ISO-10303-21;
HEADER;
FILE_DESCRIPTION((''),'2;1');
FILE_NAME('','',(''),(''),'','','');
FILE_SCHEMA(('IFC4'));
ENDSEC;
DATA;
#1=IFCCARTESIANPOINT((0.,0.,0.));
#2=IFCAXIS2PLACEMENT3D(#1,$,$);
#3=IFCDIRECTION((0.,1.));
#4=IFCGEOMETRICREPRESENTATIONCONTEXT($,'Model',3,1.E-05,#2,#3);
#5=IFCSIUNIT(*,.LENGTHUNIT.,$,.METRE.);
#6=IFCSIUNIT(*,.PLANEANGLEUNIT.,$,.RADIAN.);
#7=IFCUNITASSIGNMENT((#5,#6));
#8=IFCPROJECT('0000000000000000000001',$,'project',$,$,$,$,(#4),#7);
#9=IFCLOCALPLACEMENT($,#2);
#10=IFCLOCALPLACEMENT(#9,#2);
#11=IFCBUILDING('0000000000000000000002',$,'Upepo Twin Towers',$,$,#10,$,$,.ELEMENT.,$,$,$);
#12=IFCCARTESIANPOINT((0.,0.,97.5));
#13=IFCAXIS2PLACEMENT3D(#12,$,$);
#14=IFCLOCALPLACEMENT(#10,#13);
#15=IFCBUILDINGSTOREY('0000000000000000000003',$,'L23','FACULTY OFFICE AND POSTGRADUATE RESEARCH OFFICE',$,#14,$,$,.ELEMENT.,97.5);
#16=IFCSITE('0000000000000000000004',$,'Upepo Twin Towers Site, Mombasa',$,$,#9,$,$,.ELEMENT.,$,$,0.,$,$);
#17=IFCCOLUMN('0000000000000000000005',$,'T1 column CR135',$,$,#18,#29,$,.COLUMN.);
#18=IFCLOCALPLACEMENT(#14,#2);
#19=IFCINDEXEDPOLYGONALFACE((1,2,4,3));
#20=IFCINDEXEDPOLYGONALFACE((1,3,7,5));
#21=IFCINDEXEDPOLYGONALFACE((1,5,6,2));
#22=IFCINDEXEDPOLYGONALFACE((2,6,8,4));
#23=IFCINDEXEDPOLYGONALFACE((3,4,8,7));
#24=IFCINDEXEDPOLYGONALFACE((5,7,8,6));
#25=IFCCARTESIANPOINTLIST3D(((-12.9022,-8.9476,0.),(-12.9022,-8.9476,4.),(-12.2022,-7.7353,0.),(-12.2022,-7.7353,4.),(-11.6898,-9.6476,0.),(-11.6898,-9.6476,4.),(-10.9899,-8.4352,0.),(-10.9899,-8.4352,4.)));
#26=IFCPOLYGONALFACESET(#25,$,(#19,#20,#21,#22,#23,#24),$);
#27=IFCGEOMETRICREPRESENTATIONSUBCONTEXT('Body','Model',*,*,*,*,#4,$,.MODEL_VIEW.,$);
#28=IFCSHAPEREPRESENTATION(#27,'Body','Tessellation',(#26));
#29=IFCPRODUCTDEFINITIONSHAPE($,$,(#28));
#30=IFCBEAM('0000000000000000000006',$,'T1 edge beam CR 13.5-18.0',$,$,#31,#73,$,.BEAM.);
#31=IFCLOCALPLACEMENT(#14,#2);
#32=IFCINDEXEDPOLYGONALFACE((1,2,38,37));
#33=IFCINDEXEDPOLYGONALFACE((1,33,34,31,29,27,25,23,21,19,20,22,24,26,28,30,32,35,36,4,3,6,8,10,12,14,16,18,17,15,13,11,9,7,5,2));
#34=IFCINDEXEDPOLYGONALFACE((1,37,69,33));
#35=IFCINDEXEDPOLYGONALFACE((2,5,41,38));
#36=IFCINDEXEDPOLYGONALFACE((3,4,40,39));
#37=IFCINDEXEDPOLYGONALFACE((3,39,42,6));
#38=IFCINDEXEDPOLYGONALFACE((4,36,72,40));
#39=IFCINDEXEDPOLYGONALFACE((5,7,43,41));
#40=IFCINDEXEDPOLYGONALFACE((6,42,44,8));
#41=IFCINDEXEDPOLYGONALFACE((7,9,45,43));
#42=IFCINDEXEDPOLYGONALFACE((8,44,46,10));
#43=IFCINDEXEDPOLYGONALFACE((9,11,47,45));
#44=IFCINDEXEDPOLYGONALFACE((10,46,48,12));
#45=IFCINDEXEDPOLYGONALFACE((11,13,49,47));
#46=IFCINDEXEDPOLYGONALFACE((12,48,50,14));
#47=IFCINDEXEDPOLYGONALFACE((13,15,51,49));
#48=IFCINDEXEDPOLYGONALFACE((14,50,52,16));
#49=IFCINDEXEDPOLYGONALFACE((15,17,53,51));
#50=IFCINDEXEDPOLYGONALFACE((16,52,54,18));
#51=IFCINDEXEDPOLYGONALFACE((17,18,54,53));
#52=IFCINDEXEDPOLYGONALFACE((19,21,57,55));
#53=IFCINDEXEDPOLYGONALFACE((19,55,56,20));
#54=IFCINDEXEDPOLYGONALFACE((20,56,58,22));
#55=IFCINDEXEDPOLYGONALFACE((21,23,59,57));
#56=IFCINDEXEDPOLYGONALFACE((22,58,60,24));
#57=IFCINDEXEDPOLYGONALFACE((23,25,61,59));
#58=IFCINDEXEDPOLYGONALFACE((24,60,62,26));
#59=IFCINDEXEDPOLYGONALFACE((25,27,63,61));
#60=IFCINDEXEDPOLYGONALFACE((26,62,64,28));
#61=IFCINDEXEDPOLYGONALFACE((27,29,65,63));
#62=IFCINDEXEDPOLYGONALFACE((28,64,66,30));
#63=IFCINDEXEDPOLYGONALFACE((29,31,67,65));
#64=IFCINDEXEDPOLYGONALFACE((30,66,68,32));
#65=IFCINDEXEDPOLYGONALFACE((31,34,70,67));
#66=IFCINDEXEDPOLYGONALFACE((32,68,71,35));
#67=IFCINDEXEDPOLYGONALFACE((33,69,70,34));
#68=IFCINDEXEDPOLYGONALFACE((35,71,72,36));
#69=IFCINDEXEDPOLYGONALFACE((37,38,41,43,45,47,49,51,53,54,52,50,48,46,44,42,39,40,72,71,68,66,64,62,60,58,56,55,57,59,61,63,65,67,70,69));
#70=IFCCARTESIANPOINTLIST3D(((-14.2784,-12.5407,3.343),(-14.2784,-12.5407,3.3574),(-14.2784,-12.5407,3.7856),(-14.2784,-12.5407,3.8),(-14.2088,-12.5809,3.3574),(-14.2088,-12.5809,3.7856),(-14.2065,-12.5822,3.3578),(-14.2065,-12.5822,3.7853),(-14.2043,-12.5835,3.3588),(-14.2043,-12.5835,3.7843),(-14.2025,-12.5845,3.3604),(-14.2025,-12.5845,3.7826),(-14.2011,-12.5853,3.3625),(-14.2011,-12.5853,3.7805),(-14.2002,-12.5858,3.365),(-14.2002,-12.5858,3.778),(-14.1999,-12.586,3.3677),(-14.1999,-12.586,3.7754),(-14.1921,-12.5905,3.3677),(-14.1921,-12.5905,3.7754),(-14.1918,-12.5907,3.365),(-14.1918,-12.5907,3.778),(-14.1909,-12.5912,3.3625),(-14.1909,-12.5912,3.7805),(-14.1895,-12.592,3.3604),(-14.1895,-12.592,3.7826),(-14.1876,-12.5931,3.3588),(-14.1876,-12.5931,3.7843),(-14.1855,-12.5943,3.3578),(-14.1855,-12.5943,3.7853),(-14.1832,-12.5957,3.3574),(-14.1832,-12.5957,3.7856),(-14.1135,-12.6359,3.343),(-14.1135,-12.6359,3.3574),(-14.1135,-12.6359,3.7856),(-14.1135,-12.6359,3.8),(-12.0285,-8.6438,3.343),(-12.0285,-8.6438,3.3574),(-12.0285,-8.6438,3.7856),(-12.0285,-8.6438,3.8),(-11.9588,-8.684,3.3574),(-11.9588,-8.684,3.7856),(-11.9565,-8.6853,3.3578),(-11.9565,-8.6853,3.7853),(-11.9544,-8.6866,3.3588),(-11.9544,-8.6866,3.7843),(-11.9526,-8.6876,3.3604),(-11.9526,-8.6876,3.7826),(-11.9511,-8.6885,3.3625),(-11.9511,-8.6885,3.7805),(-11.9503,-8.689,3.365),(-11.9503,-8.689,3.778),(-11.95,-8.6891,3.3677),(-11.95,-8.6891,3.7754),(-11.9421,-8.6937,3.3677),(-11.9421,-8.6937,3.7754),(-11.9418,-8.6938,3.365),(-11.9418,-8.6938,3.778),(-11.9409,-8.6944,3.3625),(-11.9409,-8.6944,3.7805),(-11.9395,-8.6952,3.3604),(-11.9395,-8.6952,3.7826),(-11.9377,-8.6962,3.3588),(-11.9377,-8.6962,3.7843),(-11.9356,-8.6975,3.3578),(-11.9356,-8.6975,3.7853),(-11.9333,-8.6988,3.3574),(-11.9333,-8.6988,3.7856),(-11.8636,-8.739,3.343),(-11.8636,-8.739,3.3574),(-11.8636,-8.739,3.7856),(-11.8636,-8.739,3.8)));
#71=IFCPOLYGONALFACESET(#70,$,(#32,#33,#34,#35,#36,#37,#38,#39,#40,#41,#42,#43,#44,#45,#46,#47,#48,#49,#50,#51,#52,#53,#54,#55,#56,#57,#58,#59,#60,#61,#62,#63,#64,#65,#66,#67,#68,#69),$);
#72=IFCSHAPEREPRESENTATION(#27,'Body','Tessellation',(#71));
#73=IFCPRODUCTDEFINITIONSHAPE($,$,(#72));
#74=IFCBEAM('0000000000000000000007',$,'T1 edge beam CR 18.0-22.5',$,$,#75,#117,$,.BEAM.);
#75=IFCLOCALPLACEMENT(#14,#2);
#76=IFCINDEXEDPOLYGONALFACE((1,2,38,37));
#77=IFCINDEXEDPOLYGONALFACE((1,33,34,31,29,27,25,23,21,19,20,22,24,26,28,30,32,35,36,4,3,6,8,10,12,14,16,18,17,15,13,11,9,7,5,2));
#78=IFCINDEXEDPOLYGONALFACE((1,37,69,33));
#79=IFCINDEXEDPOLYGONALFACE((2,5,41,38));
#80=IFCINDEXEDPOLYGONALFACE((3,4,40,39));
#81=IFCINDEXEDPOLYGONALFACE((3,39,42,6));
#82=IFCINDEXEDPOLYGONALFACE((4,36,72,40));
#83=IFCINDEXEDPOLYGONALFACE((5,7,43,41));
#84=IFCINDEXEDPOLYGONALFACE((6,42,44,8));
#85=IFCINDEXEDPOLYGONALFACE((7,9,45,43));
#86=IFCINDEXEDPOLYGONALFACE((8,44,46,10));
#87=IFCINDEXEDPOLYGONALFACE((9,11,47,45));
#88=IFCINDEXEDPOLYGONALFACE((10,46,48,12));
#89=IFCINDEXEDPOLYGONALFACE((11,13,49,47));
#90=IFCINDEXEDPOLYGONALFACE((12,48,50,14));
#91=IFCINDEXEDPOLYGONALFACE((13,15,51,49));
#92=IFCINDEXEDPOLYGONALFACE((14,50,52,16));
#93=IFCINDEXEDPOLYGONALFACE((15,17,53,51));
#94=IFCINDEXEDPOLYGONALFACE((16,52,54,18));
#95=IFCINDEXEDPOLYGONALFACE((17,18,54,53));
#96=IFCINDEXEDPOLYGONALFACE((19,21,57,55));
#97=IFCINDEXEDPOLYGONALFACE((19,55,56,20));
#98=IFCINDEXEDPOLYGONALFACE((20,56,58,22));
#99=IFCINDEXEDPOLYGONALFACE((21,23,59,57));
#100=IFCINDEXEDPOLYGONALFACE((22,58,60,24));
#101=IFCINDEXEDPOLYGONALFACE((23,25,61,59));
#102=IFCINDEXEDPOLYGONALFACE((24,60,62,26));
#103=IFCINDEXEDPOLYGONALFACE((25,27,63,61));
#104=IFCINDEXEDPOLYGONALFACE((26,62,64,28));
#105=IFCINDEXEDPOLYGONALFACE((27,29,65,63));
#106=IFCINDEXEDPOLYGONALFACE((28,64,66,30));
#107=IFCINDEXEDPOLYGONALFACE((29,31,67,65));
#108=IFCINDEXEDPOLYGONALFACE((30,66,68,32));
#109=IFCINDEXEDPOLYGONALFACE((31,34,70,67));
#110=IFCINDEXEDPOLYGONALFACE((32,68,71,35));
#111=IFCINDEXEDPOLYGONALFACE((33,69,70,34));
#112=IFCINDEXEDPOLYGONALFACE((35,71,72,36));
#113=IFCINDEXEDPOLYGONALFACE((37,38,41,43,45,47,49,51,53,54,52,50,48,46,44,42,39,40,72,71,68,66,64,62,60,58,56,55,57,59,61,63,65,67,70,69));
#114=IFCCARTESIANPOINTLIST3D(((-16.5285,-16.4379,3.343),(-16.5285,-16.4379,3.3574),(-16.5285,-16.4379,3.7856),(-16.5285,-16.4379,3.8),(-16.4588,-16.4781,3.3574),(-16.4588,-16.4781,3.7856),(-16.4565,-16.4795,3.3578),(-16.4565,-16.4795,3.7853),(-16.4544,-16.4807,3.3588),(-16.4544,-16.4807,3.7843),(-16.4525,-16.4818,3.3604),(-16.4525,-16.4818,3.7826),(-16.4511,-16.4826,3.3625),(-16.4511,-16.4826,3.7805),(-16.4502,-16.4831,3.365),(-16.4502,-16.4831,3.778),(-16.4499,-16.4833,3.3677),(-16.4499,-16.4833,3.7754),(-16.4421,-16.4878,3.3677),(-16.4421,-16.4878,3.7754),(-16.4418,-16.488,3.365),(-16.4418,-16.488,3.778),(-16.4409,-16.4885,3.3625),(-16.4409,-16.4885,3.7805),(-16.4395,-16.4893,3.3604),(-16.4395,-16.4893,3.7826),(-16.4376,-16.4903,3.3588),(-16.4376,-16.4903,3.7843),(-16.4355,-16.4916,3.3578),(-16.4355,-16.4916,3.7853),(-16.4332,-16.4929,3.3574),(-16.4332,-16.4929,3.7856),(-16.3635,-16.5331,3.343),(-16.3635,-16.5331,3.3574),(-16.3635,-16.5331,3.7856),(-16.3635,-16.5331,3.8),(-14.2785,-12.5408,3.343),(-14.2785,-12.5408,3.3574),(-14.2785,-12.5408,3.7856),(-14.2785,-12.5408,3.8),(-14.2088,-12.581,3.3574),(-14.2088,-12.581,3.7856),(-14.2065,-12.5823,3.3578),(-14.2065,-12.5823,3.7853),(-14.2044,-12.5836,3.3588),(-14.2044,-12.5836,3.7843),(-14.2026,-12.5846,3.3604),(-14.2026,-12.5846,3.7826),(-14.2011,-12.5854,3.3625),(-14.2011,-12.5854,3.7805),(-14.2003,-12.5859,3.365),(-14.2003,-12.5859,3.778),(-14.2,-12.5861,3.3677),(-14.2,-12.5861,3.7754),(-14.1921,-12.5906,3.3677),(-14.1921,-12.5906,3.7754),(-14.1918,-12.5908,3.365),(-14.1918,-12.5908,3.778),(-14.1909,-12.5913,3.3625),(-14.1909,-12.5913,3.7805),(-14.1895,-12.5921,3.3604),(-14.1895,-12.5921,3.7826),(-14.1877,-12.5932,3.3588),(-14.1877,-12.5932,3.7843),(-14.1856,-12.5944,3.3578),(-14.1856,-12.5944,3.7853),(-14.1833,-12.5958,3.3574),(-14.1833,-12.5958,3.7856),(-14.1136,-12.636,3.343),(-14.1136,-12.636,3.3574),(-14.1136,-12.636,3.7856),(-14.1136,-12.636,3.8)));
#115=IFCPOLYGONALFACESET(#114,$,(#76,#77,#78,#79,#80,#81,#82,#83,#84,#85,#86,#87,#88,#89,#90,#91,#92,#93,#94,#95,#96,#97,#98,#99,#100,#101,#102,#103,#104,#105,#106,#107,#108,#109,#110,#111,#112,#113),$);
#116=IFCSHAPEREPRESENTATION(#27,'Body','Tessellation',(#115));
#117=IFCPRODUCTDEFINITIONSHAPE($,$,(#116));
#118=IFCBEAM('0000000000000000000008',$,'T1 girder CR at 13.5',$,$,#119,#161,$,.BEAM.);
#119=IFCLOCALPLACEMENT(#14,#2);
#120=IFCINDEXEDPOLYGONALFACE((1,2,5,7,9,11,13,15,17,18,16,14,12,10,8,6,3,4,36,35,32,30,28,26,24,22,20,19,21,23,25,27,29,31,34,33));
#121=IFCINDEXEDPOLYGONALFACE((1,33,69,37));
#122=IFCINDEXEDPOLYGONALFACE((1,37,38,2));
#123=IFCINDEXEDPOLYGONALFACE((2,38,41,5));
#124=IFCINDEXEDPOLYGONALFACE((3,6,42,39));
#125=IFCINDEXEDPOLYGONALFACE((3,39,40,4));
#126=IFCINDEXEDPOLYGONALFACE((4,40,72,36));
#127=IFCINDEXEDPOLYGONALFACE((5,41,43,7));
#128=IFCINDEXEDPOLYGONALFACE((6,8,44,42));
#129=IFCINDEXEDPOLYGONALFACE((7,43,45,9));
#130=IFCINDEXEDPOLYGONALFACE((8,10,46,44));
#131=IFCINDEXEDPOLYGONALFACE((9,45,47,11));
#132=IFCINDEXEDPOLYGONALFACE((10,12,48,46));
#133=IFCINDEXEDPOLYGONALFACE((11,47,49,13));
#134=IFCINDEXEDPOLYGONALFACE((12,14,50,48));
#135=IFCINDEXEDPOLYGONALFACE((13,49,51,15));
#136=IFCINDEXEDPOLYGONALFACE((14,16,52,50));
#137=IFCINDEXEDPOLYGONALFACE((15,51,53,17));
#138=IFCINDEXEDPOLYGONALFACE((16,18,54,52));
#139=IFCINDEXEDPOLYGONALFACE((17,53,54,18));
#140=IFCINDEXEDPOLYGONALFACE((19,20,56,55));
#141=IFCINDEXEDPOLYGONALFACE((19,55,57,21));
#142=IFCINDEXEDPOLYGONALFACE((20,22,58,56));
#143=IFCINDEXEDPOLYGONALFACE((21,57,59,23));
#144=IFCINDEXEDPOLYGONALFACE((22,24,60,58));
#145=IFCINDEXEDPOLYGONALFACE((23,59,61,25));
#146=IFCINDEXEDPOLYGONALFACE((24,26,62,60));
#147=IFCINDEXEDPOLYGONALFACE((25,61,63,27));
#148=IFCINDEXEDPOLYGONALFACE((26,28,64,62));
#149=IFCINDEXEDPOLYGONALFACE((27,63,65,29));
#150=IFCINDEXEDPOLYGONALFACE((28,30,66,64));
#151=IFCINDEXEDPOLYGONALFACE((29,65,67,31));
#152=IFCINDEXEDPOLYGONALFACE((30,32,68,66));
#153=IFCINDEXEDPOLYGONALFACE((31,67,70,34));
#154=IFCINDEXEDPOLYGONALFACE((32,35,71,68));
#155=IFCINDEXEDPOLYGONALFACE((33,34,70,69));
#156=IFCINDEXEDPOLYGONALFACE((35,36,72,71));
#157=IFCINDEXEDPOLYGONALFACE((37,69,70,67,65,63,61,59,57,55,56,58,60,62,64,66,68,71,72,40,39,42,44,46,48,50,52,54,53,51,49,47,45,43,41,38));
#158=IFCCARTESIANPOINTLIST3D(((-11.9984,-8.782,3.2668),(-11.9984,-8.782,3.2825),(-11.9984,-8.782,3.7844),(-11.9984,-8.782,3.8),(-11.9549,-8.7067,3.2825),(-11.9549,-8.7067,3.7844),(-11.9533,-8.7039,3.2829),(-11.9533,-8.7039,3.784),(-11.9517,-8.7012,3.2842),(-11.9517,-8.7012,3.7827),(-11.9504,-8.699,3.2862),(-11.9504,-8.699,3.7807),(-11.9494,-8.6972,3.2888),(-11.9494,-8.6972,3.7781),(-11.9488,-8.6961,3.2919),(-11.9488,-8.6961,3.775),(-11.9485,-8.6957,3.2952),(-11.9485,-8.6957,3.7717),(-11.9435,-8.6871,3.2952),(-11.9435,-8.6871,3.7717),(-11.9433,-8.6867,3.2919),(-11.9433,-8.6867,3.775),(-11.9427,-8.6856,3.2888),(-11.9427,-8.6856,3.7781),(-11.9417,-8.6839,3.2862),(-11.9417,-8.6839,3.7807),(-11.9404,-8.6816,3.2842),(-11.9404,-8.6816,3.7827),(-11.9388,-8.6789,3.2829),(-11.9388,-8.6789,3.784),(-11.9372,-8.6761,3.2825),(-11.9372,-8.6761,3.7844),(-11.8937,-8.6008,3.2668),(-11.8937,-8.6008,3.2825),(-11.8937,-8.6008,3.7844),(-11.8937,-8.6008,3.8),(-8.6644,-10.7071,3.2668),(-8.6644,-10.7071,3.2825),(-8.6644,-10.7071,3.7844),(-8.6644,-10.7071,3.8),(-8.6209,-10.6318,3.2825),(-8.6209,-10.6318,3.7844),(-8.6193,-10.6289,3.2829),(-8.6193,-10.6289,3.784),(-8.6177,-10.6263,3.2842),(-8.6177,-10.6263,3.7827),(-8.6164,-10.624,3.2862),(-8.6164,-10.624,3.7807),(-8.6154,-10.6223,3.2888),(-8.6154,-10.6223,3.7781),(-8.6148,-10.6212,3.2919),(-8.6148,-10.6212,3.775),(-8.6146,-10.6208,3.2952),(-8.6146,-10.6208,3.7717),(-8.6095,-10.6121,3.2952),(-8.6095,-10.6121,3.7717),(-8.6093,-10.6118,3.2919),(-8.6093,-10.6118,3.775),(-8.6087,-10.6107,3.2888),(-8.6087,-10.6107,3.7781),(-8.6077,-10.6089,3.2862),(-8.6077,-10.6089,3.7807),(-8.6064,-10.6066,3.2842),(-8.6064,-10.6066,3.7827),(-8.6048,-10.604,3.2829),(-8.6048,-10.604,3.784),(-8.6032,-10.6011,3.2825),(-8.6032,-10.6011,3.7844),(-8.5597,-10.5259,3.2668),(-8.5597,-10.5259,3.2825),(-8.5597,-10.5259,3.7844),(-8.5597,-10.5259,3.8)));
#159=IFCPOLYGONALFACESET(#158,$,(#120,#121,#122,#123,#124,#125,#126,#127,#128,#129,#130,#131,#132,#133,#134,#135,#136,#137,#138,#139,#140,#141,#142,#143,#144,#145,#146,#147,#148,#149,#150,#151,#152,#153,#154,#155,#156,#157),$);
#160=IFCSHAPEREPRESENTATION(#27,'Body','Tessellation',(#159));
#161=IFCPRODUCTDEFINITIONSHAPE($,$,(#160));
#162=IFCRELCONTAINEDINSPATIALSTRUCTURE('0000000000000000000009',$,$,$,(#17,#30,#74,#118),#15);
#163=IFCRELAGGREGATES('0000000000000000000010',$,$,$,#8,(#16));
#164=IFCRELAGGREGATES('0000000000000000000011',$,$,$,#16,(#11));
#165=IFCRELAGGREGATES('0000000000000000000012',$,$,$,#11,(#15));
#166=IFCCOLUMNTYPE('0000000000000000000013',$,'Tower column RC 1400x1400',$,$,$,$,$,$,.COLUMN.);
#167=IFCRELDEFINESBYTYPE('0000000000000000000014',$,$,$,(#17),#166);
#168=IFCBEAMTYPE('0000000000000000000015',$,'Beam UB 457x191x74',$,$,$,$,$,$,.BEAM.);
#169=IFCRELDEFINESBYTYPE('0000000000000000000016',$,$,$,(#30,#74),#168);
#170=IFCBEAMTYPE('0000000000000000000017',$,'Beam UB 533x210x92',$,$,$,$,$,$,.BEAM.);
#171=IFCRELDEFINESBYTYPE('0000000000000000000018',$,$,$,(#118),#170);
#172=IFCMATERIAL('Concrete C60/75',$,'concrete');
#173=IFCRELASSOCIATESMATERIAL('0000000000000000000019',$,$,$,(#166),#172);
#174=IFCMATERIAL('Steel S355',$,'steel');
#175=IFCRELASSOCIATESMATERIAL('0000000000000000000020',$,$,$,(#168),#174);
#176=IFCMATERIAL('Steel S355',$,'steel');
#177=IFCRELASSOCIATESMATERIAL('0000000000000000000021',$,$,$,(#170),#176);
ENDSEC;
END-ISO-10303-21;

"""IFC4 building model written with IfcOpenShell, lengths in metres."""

from ifc_helpers import new_model, si_unit, direction, frame, origin, origin_2d, place, context, subcontext, project, spatial, rectangle, i_section, extrude, material, material_profile, profile_set, type_object, element, save


model = new_model("IFC4")

# Units and contexts
model_context = context("Model", 3, precision=1e-05, world=origin(), true_north=direction((0.0, 1.0)))
body_context = subcontext(model_context, "Body", "Model", "MODEL_VIEW")
ifc_project = project(units=[si_unit("LENGTHUNIT", "METRE"), si_unit("PLANEANGLEUNIT", "RADIAN")], contexts=[model_context])

# Site, building, storey
site_placement = place(None, origin())
site = spatial("IfcSite", under=ifc_project, at=site_placement, Name="Upepo Twin Towers Site, Mombasa", CompositionType="ELEMENT", RefElevation=0.0)
building_placement = place(site_placement, origin())
building = spatial("IfcBuilding", under=site, at=building_placement, Name="Upepo Twin Towers", CompositionType="ELEMENT")
storey_placement = place(building_placement, frame((0.0, 0.0, 97.5)))
storey = spatial("IfcBuildingStorey", under=building, at=storey_placement, Name="L23", Description="FACULTY OFFICE AND POSTGRADUATE RESEARCH OFFICE", CompositionType="ELEMENT", Elevation=97.5)

# Column
ifc_material_1 = material(Name="Concrete C60/75", Category="concrete")
ifc_material_profile_1 = material_profile(ifc_material_1, rectangle(XDim=1.3999, YDim=1.3999, at=origin_2d()), Name="RC 1400x1400")
ifc_profile_set_1 = profile_set([ifc_material_profile_1], Name="Concrete C60/75")
column_type = type_object("IfcColumnType", Name="Tower column RC 1400x1400", PredefinedType="COLUMN", material=ifc_profile_set_1)
column_placement = place(storey_placement, frame((-11.946, -8.6914, 0.0), z_axis=(0.0, 0.0, 1.0), x_axis=(0.5, 0.866025, 0.0)))
element("IfcColumn", 1, at=column_placement, inside=storey, type_object=column_type, Name="T1 column CR135", PredefinedType="COLUMN", context=body_context, shape_type="SweptSolid", body=[
    extrude(rectangle(XDim=1.3999, YDim=1.3999, at=origin_2d()), origin(), (0.0, 0.0, 1.0), 4.0),
])

# Beams
ifc_material_2 = material(Name="Steel S355", Category="steel")
ifc_material_profile_2 = material_profile(ifc_material_2, i_section(OverallWidth=0.1904, OverallDepth=0.457, WebThickness=0.009, FlangeThickness=0.0144, FilletRadius=0.0103, at=origin_2d()), Name="UB 457x191x74")
ifc_profile_set_2 = profile_set([ifc_material_profile_2], Name="Steel S355")
beam_type_1 = type_object("IfcBeamType", Name="Beam UB 457x191x74", PredefinedType="BEAM", material=ifc_profile_set_2)
beam_1_placement = place(storey_placement, frame((-11.946, -8.6914, 3.5715), z_axis=(-0.500014, -0.866018, 0.0), x_axis=(0.866018, -0.500014, 0.0)))
element("IfcBeam", 2, at=beam_1_placement, inside=storey, type_object=beam_type_1, Name="T1 edge beam CR 13.5-18.0", PredefinedType="BEAM", context=body_context, shape_type="SweptSolid", body=[
    extrude(i_section(OverallWidth=0.1904, OverallDepth=0.457, WebThickness=0.009, FlangeThickness=0.0144, FilletRadius=0.0103, at=origin_2d()), origin(), (0.0, 0.0, 1.0), 4.4998),
])
beam_2_placement = place(storey_placement, frame((-14.196, -12.5884, 3.5715), z_axis=(-0.49999, -0.866031, 0.0), x_axis=(0.866031, -0.49999, 0.0)))
element("IfcBeam", 3, at=beam_2_placement, inside=storey, type_object=beam_type_1, Name="T1 edge beam CR 18.0-22.5", PredefinedType="BEAM", context=body_context, shape_type="SweptSolid", body=[
    extrude(i_section(OverallWidth=0.1904, OverallDepth=0.457, WebThickness=0.009, FlangeThickness=0.0144, FilletRadius=0.0103, at=origin_2d()), origin(), (0.0, 0.0, 1.0), 4.5),
])
ifc_material_3 = material(Name="Steel S355", Category="steel")
ifc_material_profile_3 = material_profile(ifc_material_3, i_section(OverallWidth=0.2092, OverallDepth=0.5332, WebThickness=0.01, FlangeThickness=0.0156, FilletRadius=0.0127, at=origin_2d()), Name="UB 533x210x92")
ifc_profile_set_3 = profile_set([ifc_material_profile_3], Name="Steel S355")
beam_type_2 = type_object("IfcBeamType", Name="Beam UB 533x210x92", PredefinedType="BEAM", material=ifc_profile_set_3)
for number, where, z_axis, x_axis, name in (
    (4, (-11.946, -8.6914, 3.5334), (0.866006, -0.500034, 0.0), (0.500034, 0.866006, 0.0), "T1 girder CR at 13.5"),
):
    element("IfcBeam", number, at=place(storey_placement, frame(where, z_axis=z_axis, x_axis=x_axis)), inside=storey, type_object=beam_type_2, Name=name, PredefinedType="BEAM", context=body_context, shape_type="SweptSolid", body=[
        extrude(i_section(OverallWidth=0.2092, OverallDepth=0.5332, WebThickness=0.01, FlangeThickness=0.0156, FilletRadius=0.0127, at=origin_2d()), origin(), (0.0, 0.0, 1.0), 3.8499),
    ])

save(model, "model.ifc")
